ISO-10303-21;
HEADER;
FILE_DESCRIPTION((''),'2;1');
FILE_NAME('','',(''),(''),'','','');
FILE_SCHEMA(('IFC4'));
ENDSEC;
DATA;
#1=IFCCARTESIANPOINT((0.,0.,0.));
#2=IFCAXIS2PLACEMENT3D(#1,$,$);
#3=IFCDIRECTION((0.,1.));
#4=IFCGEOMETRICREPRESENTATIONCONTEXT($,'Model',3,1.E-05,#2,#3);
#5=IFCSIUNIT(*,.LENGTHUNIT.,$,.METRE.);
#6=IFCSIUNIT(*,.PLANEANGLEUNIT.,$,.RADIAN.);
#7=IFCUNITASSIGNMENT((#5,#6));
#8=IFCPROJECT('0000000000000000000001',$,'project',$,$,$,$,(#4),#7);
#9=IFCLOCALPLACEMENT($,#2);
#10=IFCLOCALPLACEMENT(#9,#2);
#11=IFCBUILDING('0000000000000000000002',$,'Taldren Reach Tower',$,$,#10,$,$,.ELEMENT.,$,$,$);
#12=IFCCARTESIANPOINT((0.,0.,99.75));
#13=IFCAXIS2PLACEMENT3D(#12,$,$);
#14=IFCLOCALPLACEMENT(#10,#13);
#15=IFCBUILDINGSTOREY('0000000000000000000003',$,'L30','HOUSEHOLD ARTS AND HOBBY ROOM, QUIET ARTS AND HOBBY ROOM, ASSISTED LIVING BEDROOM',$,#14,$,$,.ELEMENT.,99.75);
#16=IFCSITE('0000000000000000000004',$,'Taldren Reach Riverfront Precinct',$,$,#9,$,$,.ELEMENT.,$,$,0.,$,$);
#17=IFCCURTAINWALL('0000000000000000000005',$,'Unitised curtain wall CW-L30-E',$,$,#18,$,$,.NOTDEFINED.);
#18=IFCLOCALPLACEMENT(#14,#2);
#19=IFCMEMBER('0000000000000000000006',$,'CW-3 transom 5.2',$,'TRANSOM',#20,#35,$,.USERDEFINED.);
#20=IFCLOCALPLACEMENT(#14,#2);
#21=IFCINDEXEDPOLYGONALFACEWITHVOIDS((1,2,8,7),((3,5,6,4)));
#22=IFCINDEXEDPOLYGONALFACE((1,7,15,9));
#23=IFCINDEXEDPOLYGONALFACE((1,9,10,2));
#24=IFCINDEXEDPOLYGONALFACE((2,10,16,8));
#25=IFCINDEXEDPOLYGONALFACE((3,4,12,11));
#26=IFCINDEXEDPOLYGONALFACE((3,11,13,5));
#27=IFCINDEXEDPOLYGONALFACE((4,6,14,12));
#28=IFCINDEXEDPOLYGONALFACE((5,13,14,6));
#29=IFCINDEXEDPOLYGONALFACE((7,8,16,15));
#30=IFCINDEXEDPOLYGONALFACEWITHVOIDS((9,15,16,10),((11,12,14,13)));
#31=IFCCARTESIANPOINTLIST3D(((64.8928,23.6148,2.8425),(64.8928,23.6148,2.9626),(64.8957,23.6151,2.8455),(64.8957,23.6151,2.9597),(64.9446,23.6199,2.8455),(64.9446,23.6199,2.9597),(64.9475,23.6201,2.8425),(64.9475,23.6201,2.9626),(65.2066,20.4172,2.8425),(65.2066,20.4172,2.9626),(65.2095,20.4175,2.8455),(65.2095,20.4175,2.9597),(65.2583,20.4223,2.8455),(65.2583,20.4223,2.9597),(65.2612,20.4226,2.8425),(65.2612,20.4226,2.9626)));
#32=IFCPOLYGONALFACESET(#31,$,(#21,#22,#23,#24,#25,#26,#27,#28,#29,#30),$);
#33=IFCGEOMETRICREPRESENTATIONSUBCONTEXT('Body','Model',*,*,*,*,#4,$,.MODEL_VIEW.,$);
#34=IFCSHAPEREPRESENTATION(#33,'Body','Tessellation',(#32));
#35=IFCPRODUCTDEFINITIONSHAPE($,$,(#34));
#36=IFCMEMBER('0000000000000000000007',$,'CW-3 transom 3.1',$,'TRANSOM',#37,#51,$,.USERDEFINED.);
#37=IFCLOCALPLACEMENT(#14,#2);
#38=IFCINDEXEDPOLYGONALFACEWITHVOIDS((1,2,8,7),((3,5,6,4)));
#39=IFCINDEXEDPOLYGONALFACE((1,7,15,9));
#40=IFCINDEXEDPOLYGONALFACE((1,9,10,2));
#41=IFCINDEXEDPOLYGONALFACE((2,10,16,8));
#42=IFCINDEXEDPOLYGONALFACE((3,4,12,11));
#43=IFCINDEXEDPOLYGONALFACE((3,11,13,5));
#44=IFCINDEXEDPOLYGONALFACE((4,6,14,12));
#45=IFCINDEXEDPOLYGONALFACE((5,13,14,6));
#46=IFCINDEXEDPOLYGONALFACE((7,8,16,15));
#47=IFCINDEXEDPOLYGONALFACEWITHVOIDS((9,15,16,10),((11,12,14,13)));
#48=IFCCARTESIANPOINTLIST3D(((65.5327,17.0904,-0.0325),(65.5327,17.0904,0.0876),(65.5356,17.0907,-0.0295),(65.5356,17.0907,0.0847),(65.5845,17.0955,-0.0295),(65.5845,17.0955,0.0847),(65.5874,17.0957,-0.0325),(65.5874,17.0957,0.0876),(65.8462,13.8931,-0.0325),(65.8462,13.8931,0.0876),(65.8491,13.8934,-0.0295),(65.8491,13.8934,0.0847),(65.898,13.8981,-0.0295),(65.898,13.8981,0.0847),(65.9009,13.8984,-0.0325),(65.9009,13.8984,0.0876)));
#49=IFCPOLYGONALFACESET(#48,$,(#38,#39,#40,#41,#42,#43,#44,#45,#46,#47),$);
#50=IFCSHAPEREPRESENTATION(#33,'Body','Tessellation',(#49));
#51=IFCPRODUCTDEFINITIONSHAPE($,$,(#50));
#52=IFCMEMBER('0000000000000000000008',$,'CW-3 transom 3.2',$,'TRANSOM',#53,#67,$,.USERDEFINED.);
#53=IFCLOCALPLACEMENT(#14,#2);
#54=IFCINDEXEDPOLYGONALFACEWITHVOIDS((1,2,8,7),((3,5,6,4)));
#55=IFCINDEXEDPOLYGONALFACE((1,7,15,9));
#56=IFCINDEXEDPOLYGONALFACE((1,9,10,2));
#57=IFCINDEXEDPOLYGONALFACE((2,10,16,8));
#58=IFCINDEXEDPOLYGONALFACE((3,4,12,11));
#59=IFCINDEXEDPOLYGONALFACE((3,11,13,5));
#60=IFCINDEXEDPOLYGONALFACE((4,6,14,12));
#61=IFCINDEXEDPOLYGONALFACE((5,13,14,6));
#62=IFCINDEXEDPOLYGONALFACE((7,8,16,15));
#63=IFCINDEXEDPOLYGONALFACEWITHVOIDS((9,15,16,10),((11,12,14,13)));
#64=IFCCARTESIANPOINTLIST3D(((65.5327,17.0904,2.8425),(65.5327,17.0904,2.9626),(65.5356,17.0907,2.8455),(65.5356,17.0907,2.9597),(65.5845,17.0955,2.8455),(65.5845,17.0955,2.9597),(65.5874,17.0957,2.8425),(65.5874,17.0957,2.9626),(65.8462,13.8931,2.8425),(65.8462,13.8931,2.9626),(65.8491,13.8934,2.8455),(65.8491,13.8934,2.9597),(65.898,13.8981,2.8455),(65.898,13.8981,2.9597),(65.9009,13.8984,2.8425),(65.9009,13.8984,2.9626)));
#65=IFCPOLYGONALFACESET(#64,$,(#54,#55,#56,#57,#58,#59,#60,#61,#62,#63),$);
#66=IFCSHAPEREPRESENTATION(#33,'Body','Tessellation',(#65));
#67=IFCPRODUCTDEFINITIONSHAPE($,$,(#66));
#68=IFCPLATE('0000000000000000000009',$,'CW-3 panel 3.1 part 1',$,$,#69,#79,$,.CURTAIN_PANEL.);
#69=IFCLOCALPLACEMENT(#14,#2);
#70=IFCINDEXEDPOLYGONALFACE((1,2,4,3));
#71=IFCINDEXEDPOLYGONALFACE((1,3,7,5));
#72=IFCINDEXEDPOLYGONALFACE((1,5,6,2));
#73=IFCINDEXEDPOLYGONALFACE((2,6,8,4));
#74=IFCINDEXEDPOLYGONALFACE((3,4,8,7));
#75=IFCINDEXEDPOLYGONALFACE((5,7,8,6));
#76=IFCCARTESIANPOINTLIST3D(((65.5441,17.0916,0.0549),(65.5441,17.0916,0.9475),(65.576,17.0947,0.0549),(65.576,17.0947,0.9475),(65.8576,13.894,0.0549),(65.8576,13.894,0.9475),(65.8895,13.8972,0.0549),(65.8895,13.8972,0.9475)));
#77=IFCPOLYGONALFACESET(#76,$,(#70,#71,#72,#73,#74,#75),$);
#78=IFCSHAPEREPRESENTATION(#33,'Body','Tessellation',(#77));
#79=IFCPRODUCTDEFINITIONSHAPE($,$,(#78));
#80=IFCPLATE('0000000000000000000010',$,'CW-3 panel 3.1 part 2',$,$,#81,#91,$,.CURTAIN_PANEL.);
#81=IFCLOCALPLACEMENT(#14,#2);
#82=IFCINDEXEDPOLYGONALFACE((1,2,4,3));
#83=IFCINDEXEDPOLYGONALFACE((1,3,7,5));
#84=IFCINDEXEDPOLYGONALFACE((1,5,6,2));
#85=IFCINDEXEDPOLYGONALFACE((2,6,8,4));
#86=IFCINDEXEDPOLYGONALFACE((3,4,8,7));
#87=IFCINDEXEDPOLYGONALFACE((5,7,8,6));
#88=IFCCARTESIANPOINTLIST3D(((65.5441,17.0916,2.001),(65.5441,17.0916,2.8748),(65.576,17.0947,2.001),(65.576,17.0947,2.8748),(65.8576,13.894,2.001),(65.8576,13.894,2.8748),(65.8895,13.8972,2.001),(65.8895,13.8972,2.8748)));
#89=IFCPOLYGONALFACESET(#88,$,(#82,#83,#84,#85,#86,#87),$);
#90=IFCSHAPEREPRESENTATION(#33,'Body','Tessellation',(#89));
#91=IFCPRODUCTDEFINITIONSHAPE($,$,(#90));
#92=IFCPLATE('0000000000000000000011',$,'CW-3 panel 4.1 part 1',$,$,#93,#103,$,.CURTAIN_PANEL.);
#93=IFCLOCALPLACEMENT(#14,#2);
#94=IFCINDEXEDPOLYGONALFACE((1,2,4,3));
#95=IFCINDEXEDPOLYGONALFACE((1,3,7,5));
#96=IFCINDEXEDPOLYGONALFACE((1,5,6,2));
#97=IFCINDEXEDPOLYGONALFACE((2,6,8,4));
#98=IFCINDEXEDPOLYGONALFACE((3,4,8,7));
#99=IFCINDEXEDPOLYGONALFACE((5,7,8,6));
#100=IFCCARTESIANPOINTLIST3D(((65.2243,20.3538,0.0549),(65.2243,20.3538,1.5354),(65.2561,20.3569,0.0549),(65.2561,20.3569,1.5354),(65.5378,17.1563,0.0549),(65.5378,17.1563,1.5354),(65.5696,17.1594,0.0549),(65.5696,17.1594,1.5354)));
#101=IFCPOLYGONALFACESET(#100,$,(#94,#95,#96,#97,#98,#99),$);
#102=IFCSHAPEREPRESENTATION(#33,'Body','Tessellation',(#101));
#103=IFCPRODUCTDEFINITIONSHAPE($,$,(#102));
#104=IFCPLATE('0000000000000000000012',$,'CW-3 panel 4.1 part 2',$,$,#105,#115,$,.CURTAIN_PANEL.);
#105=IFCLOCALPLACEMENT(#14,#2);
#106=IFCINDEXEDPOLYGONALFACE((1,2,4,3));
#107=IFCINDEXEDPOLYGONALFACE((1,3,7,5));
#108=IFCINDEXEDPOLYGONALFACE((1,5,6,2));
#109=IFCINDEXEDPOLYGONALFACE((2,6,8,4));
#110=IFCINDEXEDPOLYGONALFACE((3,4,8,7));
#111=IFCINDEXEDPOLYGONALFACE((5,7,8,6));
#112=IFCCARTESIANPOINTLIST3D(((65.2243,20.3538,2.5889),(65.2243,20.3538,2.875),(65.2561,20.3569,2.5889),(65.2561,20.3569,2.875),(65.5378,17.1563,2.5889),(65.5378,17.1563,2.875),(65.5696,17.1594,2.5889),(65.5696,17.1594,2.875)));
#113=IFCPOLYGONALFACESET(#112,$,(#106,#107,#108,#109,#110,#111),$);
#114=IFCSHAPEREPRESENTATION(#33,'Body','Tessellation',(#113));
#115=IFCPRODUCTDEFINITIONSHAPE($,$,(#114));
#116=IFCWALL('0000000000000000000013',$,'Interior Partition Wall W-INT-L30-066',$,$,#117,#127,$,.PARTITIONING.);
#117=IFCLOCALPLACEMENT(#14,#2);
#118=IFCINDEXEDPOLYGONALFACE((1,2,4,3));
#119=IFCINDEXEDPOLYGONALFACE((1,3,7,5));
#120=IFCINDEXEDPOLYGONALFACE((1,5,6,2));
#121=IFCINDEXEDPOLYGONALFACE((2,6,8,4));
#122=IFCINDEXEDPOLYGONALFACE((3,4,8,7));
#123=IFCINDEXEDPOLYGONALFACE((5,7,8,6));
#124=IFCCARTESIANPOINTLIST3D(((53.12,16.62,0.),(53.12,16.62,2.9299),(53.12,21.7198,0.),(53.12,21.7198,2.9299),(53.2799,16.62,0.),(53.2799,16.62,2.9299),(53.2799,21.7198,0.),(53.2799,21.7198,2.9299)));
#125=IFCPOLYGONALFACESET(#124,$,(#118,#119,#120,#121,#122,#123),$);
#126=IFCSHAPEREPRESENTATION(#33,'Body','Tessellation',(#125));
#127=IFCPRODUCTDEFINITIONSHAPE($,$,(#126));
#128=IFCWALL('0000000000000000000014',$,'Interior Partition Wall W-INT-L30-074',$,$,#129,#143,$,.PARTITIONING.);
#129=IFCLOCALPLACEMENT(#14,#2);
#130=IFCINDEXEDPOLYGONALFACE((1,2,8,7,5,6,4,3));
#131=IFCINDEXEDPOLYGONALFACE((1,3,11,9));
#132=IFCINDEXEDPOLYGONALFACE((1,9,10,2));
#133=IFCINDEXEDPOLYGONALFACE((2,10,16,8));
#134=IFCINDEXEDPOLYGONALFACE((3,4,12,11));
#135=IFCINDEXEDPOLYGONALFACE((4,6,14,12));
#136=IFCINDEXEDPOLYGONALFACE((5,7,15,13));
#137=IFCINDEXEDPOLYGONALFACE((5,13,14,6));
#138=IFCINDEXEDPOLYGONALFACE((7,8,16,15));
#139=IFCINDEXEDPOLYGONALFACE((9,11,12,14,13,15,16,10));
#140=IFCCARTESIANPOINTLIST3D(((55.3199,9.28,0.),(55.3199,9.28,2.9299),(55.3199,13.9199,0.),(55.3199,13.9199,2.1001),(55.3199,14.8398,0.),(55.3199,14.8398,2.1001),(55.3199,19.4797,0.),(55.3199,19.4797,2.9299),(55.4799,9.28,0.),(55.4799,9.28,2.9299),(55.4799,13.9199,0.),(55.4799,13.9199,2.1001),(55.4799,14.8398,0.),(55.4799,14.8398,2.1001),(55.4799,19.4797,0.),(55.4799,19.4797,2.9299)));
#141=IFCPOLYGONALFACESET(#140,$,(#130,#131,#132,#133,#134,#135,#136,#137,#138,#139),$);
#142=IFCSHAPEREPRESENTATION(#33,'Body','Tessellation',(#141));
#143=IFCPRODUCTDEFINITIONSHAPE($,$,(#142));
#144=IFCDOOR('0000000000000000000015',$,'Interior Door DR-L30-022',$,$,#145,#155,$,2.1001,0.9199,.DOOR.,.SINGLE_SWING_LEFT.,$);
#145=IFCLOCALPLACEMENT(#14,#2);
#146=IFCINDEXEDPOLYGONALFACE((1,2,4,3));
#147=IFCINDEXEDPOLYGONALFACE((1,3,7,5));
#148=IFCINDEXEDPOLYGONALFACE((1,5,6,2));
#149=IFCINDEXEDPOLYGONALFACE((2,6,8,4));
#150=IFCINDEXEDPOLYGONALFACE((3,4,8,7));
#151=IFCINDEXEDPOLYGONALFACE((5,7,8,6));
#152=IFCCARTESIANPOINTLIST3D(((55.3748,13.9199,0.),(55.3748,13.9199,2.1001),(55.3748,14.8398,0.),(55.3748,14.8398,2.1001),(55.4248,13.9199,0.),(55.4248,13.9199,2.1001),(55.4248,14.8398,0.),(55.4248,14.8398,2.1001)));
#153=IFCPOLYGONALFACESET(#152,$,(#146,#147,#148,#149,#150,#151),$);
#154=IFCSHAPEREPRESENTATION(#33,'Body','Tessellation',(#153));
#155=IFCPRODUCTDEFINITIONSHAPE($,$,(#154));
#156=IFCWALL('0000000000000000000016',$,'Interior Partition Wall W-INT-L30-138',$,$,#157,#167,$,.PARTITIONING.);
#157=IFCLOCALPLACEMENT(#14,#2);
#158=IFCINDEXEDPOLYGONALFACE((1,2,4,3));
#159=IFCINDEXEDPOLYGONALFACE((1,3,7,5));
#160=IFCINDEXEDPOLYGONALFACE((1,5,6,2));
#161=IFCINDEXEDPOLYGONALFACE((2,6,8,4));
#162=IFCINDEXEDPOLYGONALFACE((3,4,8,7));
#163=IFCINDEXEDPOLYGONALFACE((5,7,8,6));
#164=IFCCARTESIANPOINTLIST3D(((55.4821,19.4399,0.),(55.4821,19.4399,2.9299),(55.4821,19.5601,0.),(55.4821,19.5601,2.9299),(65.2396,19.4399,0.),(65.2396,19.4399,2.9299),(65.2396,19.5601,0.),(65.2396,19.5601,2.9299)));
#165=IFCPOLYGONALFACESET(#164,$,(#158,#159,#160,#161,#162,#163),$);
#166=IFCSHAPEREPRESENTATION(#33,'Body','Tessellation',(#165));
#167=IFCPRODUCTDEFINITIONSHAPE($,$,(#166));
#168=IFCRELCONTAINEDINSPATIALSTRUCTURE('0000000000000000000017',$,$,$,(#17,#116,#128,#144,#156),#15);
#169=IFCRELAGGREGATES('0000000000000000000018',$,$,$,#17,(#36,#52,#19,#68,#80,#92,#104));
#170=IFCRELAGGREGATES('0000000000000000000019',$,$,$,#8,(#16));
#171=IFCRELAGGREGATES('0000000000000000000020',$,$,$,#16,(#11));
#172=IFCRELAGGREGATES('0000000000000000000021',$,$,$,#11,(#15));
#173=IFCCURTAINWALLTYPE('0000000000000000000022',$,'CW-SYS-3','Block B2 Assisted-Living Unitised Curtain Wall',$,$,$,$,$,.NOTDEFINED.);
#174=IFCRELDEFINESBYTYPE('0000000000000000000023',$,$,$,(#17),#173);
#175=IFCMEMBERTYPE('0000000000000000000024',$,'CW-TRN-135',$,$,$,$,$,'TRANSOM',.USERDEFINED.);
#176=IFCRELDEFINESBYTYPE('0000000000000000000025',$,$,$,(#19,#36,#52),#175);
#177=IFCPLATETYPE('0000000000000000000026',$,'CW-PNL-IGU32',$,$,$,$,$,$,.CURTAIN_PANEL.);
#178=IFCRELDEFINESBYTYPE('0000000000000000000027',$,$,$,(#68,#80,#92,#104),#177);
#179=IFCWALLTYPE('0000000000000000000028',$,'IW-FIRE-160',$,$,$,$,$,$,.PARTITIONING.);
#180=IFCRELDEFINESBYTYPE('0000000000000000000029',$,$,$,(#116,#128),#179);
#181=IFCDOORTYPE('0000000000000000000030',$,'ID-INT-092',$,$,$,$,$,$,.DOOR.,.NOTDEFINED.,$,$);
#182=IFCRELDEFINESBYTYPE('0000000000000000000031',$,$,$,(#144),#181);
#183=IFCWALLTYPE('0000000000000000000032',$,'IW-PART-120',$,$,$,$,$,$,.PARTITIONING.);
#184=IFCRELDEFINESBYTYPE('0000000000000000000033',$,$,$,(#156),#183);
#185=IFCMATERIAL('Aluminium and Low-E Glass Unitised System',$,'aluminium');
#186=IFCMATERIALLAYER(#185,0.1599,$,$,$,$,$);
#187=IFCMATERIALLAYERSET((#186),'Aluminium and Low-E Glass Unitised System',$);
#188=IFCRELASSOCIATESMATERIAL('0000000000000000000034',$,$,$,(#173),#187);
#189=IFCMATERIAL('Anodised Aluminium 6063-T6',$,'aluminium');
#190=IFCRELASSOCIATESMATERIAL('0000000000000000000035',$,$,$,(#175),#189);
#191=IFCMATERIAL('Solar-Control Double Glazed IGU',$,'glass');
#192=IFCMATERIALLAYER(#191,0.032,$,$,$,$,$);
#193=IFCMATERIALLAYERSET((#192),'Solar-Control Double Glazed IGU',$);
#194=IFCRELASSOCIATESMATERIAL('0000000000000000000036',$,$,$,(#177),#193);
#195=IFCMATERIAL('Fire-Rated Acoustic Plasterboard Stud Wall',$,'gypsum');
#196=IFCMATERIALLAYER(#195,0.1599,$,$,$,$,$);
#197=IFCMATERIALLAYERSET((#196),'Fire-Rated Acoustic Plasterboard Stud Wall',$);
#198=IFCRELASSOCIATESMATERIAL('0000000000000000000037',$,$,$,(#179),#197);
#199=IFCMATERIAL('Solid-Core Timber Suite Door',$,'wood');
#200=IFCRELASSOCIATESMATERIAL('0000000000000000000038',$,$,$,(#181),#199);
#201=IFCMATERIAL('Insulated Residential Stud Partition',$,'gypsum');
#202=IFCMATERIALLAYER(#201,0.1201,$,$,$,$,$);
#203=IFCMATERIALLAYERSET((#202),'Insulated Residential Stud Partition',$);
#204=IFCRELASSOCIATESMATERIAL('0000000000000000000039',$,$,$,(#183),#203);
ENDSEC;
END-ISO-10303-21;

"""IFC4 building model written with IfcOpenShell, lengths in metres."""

from ifc_helpers import new_model, si_unit, direction, frame, frame_2d, origin, origin_2d, place, context, subcontext, project, spatial, rectangle, hollow_rectangle, extrude, source, transform, mapped, material, layer, layer_set, material_profile, profile_set, type_object, element, fill, aggregate, save


model = new_model("IFC4")

# Units and contexts
model_context = context("Model", 3, precision=1e-05, world=origin(), true_north=direction((0.0, 1.0)))
body_context = subcontext(model_context, "Body", "Model", "MODEL_VIEW")
ifc_project = project(units=[si_unit("LENGTHUNIT", "METRE"), si_unit("PLANEANGLEUNIT", "RADIAN")], contexts=[model_context])

# Site, building, storey
site_placement = place(None, origin())
site = spatial("IfcSite", under=ifc_project, at=site_placement, Name="Taldren Reach Riverfront Precinct", CompositionType="ELEMENT", RefElevation=0.0)
building_placement = place(site_placement, origin())
building = spatial("IfcBuilding", under=site, at=building_placement, Name="Taldren Reach Tower", CompositionType="ELEMENT")
storey_placement = place(building_placement, frame((0.0, 0.0, 99.75)))
storey = spatial("IfcBuildingStorey", under=building, at=storey_placement, Name="L30", Description="HOUSEHOLD ARTS AND HOBBY ROOM, QUIET ARTS AND HOBBY ROOM, ASSISTED LIVING BEDROOM", CompositionType="ELEMENT", Elevation=99.75)

# Curtain wall, members, plates
ifc_material_1 = material(Name="Aluminium and Low-E Glass Unitised System", Category="aluminium")
ifc_layer_1 = layer(ifc_material_1, 0.1599)
ifc_layer_set_1 = layer_set([ifc_layer_1], Name="Aluminium and Low-E Glass Unitised System")
curtain_wall_type = type_object("IfcCurtainWallType", Name="CW-SYS-3", Description="Block B2 Assisted-Living Unitised Curtain Wall", PredefinedType="NOTDEFINED", material=ifc_layer_set_1)
curtain_wall_placement = place(storey_placement, origin())
curtain_wall = element("IfcCurtainWall", 1, at=curtain_wall_placement, inside=storey, type_object=curtain_wall_type, Name="Unitised curtain wall CW-L30-E", PredefinedType="NOTDEFINED")
ifc_material_2 = material(Name="Anodised Aluminium 6063-T6", Category="aluminium")
ifc_material_profile_1 = material_profile(ifc_material_2, hollow_rectangle(XDim=0.0549, YDim=0.1201, WallThickness=0.0029, at=origin_2d()), Name="ALU-120x55x3RHS")
ifc_profile_set_1 = profile_set([ifc_material_profile_1], Name="Anodised Aluminium 6063-T6")
member_type_1 = type_object("IfcMemberType", Name="CW-TRN-135", ElementType="TRANSOM", PredefinedType="USERDEFINED", material=ifc_profile_set_1)
shared_shape_1 = source(origin(), body_context, "Body", "SweptSolid", [
    extrude(hollow_rectangle(XDim=0.0549, YDim=0.1201, WallThickness=0.0029, at=origin_2d()), origin(), (0.0, 0.0, 1.0), 3.2129),
])
member_1_placement = place(storey_placement, frame((65.2339, 20.4199, 2.9026), z_axis=(-0.097645, 0.995221, 0.0), x_axis=(-0.995221, -0.097645, 0.0)))
member_1 = element("IfcMember", 2, at=member_1_placement, type_object=member_type_1, Name="CW-3 transom 5.2", ObjectType="TRANSOM", PredefinedType="USERDEFINED", context=body_context, shape_type="MappedRepresentation", body=[
    mapped(shared_shape_1, transform((0.0, 0.0, 0.0), scale=1.0)),
])
shared_shape_2 = source(origin(), body_context, "Body", "SweptSolid", [
    extrude(hollow_rectangle(XDim=0.0549, YDim=0.1201, WallThickness=0.0029, at=origin_2d()), origin(), (0.0, 0.0, 1.0), 3.2126),
])
member_2_placement = place(storey_placement, frame((65.8735, 13.8958, 0.0276), z_axis=(-0.097577, 0.995228, 0.0), x_axis=(-0.995228, -0.097577, 0.0)))
member_2 = element("IfcMember", 3, at=member_2_placement, type_object=member_type_1, Name="CW-3 transom 3.1", ObjectType="TRANSOM", PredefinedType="USERDEFINED", context=body_context, shape_type="MappedRepresentation", body=[
    mapped(shared_shape_2, transform((0.0, 0.0, 0.0), scale=1.0)),
])
member_3_placement = place(storey_placement, frame((65.8735, 13.8958, 2.9026), z_axis=(-0.097577, 0.995228, 0.0), x_axis=(-0.995228, -0.097577, 0.0)))
member_3 = element("IfcMember", 4, at=member_3_placement, type_object=member_type_1, Name="CW-3 transom 3.2", ObjectType="TRANSOM", PredefinedType="USERDEFINED", context=body_context, shape_type="MappedRepresentation", body=[
    mapped(shared_shape_2, transform((0.0, 0.0, 0.0), scale=1.0)),
])
ifc_material_3 = material(Name="Solar-Control Double Glazed IGU", Category="glass")
ifc_layer_2 = layer(ifc_material_3, 0.032)
ifc_layer_set_2 = layer_set([ifc_layer_2], Name="Solar-Control Double Glazed IGU")
plate_type = type_object("IfcPlateType", Name="CW-PNL-IGU32", PredefinedType="CURTAIN_PANEL", material=ifc_layer_set_2)
shared_shape_3 = source(origin(), body_context, "Body", "SweptSolid", [
    extrude(rectangle(XDim=3.2129, YDim=0.032, at=origin_2d()), origin(), (0.0, 0.0, 1.0), 0.8926),
])
plate_1_placement = place(storey_placement, frame((65.7168, 15.4944, 0.0549), z_axis=(0.0, 0.0, 1.0), x_axis=(-0.097583, 0.995227, 0.0)))
plate_1 = element("IfcPlate", 5, at=plate_1_placement, type_object=plate_type, Name="CW-3 panel 3.1 part 1", PredefinedType="CURTAIN_PANEL", context=body_context, shape_type="MappedRepresentation", body=[
    mapped(shared_shape_3, transform((0.0, 0.0, 0.0), scale=1.0)),
])
shared_shape_4 = source(origin(), body_context, "Body", "SweptSolid", [
    extrude(rectangle(XDim=3.2129, YDim=0.032, at=origin_2d()), origin(), (0.0, 0.0, 1.0), 0.8738),
])
plate_2_placement = place(storey_placement, frame((65.7168, 15.4944, 2.001), z_axis=(0.0, 0.0, 1.0), x_axis=(-0.097583, 0.995227, 0.0)))
plate_2 = element("IfcPlate", 6, at=plate_2_placement, type_object=plate_type, Name="CW-3 panel 3.1 part 2", PredefinedType="CURTAIN_PANEL", context=body_context, shape_type="MappedRepresentation", body=[
    mapped(shared_shape_4, transform((0.0, 0.0, 0.0), scale=1.0)),
])
shared_shape_5 = source(origin(), body_context, "Body", "SweptSolid", [
    extrude(rectangle(XDim=3.2129, YDim=0.032, at=origin_2d()), origin(), (0.0, 0.0, 1.0), 1.4805),
])
plate_3_placement = place(storey_placement, frame((65.397, 18.7566, 0.0549), z_axis=(0.0, 0.0, 1.0), x_axis=(-0.097583, 0.995227, 0.0)))
plate_3 = element("IfcPlate", 7, at=plate_3_placement, type_object=plate_type, Name="CW-3 panel 4.1 part 1", PredefinedType="CURTAIN_PANEL", context=body_context, shape_type="MappedRepresentation", body=[
    mapped(shared_shape_5, transform((0.0, 0.0, 0.0), scale=1.0)),
])
shared_shape_6 = source(origin(), body_context, "Body", "SweptSolid", [
    extrude(rectangle(XDim=3.2129, YDim=0.032, at=origin_2d()), origin(), (0.0, 0.0, 1.0), 0.2861),
])
plate_4_placement = place(storey_placement, frame((65.397, 18.7566, 2.5889), z_axis=(0.0, 0.0, 1.0), x_axis=(-0.097583, 0.995227, 0.0)))
plate_4 = element("IfcPlate", 8, at=plate_4_placement, type_object=plate_type, Name="CW-3 panel 4.1 part 2", PredefinedType="CURTAIN_PANEL", context=body_context, shape_type="MappedRepresentation", body=[
    mapped(shared_shape_6, transform((0.0, 0.0, 0.0), scale=1.0)),
])
aggregate(curtain_wall, [member_2, member_3, member_1, plate_1, plate_2, plate_3, plate_4])

# Wall
ifc_material_4 = material(Name="Fire-Rated Acoustic Plasterboard Stud Wall", Category="gypsum")
ifc_layer_3 = layer(ifc_material_4, 0.1599)
ifc_layer_set_3 = layer_set([ifc_layer_3], Name="Fire-Rated Acoustic Plasterboard Stud Wall")
wall_type_1 = type_object("IfcWallType", Name="IW-FIRE-160", PredefinedType="PARTITIONING", material=ifc_layer_set_3)
shared_shape_7 = source(origin(), body_context, "Body", "SweptSolid", [
    extrude(rectangle(XDim=5.0999, YDim=0.1599, at=frame_2d((2.5498, 0.0))), origin(), (0.0, 0.0, 1.0), 2.9299),
])
wall_1_placement = place(storey_placement, frame((53.2, 16.6201, 0.0), z_axis=(0.0, 0.0, 1.0), x_axis=(0.0, 1.0, 0.0)))
element("IfcWall", 9, at=wall_1_placement, inside=storey, type_object=wall_type_1, Name="Interior Partition Wall W-INT-L30-066", PredefinedType="PARTITIONING", context=body_context, shape_type="MappedRepresentation", body=[
    mapped(shared_shape_7, transform((0.0, 0.0, 0.0), scale=1.0)),
])

# Wall, opening, door
shared_shape_8 = source(origin(), body_context, "Body", "SweptSolid", [
    extrude(rectangle(XDim=10.1997, YDim=0.1599, at=frame_2d((5.0999, 0.0))), origin(), (0.0, 0.0, 1.0), 2.9299),
])
wall_2_placement = place(storey_placement, frame((55.3999, 19.4797, 0.0), z_axis=(0.0, 0.0, 1.0), x_axis=(0.0, -1.0, 0.0)))
wall_2 = element("IfcWall", 10, at=wall_2_placement, inside=storey, type_object=wall_type_1, Name="Interior Partition Wall W-INT-L30-074", PredefinedType="PARTITIONING", context=body_context, shape_type="MappedRepresentation", body=[
    mapped(shared_shape_8, transform((0.0, 0.0, 0.0), scale=1.0)),
])
shared_shape_9 = source(origin(), body_context, "Body", "SweptSolid", [
    extrude(rectangle(XDim=0.9199, YDim=2.1001, at=frame_2d((0.46, 1.05))), frame((0.0, 0.0898, 0.0), z_axis=(0.0, -1.0, 0.0), x_axis=(1.0, 0.0, 0.0)), (0.0, 0.0, 1.0), 0.1799),
])
opening_placement = place(wall_2_placement, frame((4.6399, 0.0, 0.0)))
opening = element("IfcOpeningElement", 11, at=opening_placement, cuts=wall_2, PredefinedType="OPENING", context=body_context, shape_type="MappedRepresentation", body=[
    mapped(shared_shape_9, transform((0.0, 0.0, 0.0), scale=1.0)),
])
ifc_material_5 = material(Name="Solid-Core Timber Suite Door", Category="wood")
door_type = type_object("IfcDoorType", Name="ID-INT-092", OperationType="NOTDEFINED", PredefinedType="DOOR", material=ifc_material_5)
shared_shape_10 = source(origin(), body_context, "Body", "SweptSolid", [
    extrude(rectangle(XDim=0.9199, YDim=2.1001, at=frame_2d((0.46, 1.05))), frame((0.0, 0.0249, 0.0), z_axis=(0.0, -1.0, 0.0), x_axis=(1.0, 0.0, 0.0)), (0.0, 0.0, 1.0), 0.05),
])
door_placement = place(opening_placement, origin())
door = element("IfcDoor", 12, at=door_placement, inside=storey, type_object=door_type, Name="Interior Door DR-L30-022", OperationType="SINGLE_SWING_LEFT", OverallHeight=2.1001, OverallWidth=0.9199, PredefinedType="DOOR", context=body_context, shape_type="MappedRepresentation", body=[
    mapped(shared_shape_10, transform((0.0, 0.0, 0.0), scale=1.0)),
])
fill(opening, door)

# Wall
ifc_material_6 = material(Name="Insulated Residential Stud Partition", Category="gypsum")
ifc_layer_4 = layer(ifc_material_6, 0.1201)
ifc_layer_set_4 = layer_set([ifc_layer_4], Name="Insulated Residential Stud Partition")
wall_type_2 = type_object("IfcWallType", Name="IW-PART-120", PredefinedType="PARTITIONING", material=ifc_layer_set_4)
shared_shape_11 = source(origin(), body_context, "Body", "SweptSolid", [
    extrude(rectangle(XDim=9.7576, YDim=0.1201, at=frame_2d((4.8789, 0.0))), origin(), (0.0, 0.0, 1.0), 2.9299),
])
wall_3_placement = place(storey_placement, frame((55.4819, 19.5, 0.0), z_axis=(0.0, 0.0, 1.0), x_axis=(1.0, 0.0, 0.0)))
element("IfcWall", 13, at=wall_3_placement, inside=storey, type_object=wall_type_2, Name="Interior Partition Wall W-INT-L30-138", PredefinedType="PARTITIONING", context=body_context, shape_type="MappedRepresentation", body=[
    mapped(shared_shape_11, transform((0.0, 0.0, 0.0), scale=1.0)),
])

save(model, "model.ifc")
